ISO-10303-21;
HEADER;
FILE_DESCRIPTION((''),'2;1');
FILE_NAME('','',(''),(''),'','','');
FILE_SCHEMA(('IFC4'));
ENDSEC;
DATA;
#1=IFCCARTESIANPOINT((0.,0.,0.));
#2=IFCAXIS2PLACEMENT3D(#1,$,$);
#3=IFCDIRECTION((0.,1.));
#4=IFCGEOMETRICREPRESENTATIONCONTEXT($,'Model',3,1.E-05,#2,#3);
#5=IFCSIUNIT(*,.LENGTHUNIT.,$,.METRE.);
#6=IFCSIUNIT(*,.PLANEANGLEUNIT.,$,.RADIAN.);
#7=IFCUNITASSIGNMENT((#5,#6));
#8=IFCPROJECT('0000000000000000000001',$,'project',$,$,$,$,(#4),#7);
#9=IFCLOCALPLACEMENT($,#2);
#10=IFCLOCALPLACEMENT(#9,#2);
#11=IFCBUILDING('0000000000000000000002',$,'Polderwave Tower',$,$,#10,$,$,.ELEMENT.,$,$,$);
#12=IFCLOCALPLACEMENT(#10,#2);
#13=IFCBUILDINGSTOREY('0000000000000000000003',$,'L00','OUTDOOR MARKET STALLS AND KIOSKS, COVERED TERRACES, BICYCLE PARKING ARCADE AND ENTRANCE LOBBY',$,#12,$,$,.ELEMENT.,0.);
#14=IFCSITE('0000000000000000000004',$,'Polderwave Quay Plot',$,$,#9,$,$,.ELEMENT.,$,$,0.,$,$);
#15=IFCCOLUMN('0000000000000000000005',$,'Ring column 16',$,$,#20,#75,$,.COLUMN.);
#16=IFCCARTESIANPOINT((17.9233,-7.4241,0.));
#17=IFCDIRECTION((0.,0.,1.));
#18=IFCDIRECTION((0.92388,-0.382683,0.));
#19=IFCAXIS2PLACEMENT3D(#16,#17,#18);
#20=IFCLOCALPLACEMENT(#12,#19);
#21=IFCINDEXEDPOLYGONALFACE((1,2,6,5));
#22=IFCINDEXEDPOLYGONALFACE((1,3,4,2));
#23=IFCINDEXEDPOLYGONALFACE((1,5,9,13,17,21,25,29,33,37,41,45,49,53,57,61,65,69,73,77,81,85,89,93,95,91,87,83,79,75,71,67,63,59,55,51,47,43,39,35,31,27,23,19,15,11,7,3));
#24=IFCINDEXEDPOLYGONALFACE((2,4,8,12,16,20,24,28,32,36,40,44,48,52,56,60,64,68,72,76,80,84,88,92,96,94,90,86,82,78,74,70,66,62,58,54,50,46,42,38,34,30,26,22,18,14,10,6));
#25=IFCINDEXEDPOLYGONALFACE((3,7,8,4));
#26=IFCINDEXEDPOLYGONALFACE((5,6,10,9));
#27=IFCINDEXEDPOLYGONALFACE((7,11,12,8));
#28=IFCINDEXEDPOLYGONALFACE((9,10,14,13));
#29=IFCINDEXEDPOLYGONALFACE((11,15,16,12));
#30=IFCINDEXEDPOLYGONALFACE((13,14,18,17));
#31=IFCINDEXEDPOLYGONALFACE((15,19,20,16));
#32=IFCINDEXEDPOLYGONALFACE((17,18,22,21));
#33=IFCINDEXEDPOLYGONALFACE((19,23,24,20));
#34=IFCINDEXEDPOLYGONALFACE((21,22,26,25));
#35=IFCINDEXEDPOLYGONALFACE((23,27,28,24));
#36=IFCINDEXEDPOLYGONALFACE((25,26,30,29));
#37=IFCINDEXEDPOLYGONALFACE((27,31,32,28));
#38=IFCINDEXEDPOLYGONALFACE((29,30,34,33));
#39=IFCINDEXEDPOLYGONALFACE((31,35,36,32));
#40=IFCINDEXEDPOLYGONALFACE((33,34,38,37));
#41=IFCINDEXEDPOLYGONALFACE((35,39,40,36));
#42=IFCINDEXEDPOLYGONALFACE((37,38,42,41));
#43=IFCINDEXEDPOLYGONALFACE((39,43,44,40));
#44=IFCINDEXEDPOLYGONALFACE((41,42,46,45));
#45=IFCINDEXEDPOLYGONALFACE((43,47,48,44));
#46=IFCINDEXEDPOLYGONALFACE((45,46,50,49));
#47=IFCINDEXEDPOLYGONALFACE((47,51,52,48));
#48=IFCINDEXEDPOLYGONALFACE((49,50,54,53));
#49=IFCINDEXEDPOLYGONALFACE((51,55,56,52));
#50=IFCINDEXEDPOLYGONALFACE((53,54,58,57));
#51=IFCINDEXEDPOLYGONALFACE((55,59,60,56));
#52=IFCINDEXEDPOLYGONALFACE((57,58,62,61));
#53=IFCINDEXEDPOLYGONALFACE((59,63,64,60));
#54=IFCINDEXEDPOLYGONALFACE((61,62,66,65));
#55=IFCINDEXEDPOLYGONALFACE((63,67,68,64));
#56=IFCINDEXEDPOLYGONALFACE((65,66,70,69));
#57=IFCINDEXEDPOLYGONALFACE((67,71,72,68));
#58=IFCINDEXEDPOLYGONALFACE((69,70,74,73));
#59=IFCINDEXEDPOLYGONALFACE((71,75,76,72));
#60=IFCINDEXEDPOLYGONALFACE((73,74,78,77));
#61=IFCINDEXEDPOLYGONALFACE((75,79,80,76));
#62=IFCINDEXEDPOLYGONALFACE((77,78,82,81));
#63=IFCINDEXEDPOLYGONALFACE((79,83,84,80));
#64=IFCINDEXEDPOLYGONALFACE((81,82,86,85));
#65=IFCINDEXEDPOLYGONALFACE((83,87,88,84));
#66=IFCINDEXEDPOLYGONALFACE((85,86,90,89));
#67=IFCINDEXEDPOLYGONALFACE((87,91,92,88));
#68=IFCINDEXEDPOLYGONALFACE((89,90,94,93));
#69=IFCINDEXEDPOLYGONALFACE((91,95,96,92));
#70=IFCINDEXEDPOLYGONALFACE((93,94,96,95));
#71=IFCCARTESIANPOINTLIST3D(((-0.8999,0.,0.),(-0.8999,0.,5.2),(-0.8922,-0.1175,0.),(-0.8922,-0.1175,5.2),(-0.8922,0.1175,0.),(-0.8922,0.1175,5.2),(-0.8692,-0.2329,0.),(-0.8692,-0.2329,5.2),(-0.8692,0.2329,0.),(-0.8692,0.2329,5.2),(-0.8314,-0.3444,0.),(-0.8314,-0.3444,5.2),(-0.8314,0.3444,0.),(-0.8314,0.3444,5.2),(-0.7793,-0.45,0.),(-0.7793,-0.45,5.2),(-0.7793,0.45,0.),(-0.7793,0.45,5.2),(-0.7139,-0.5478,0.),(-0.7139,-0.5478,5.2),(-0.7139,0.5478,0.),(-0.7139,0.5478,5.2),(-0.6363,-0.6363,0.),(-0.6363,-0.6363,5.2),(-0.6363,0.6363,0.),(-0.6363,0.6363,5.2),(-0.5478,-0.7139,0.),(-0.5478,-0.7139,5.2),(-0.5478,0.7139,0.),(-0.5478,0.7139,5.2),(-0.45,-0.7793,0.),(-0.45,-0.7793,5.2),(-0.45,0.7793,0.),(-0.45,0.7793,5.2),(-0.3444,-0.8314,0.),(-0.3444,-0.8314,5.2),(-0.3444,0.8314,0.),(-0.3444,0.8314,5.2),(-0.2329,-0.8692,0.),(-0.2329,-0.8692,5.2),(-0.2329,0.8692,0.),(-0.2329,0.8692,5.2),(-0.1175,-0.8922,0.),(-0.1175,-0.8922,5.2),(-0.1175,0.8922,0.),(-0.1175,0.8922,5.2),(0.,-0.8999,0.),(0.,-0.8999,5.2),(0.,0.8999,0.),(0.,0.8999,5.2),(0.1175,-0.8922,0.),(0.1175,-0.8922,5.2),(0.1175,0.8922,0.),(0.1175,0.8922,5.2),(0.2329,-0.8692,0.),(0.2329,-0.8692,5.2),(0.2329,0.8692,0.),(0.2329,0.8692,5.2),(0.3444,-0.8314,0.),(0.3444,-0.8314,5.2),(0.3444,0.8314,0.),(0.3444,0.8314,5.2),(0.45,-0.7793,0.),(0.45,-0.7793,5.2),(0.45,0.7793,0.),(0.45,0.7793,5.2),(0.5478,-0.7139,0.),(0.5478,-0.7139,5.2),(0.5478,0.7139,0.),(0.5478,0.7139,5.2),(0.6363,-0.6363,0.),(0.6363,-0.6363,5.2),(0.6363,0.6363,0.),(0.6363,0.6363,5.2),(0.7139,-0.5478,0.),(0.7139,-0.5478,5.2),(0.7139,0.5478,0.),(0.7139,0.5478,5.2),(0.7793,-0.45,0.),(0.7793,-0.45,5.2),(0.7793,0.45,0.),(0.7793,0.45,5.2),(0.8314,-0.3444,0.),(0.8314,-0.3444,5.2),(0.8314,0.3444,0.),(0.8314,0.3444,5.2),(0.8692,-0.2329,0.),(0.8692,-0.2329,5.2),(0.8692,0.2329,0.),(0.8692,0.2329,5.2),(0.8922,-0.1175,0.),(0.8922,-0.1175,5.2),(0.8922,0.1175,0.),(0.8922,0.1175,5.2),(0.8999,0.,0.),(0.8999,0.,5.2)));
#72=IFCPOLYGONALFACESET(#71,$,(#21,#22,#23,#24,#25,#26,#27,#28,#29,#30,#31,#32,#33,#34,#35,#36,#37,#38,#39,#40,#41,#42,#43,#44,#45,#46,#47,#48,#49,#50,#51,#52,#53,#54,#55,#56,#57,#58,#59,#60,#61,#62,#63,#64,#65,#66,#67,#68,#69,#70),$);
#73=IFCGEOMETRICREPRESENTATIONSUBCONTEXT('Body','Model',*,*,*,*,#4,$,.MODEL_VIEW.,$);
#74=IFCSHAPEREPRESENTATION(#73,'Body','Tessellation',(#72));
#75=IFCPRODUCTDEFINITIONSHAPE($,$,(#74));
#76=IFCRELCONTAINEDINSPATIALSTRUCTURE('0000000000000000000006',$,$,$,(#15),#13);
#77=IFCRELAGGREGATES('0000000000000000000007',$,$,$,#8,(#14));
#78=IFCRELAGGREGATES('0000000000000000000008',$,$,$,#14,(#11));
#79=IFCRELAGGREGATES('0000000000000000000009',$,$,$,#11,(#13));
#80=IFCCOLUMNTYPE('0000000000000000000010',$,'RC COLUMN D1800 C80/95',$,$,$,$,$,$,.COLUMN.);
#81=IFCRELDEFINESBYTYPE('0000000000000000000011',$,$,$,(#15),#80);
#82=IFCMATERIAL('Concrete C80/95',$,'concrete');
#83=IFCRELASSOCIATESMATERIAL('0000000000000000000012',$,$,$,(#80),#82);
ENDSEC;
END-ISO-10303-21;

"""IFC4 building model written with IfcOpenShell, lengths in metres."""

from ifc_helpers import new_model, si_unit, direction, frame, origin, origin_2d, place, context, subcontext, project, spatial, circle, extrude, material, material_profile, profile_set, type_object, element, save


model = new_model("IFC4")

# Units and contexts
model_context = context("Model", 3, precision=1e-05, world=origin(), true_north=direction((0.0, 1.0)))
body_context = subcontext(model_context, "Body", "Model", "MODEL_VIEW")
ifc_project = project(units=[si_unit("LENGTHUNIT", "METRE"), si_unit("PLANEANGLEUNIT", "RADIAN")], contexts=[model_context])

# Site, building, storey
site_placement = place(None, origin())
site = spatial("IfcSite", under=ifc_project, at=site_placement, Name="Polderwave Quay Plot", CompositionType="ELEMENT", RefElevation=0.0)
building_placement = place(site_placement, origin())
building = spatial("IfcBuilding", under=site, at=building_placement, Name="Polderwave Tower", CompositionType="ELEMENT")
storey_placement = place(building_placement, origin())
storey = spatial("IfcBuildingStorey", under=building, at=storey_placement, Name="L00", Description="OUTDOOR MARKET STALLS AND KIOSKS, COVERED TERRACES, BICYCLE PARKING ARCADE AND ENTRANCE LOBBY", CompositionType="ELEMENT", Elevation=0.0)

# Column
ifc_material_1 = material(Name="Concrete C80/95", Category="concrete")
ifc_material_profile_1 = material_profile(ifc_material_1, circle(Radius=0.8999, at=origin_2d()), Name="RC D1800")
ifc_profile_set_1 = profile_set([ifc_material_profile_1], Name="Concrete C80/95")
column_type = type_object("IfcColumnType", Name="RC COLUMN D1800 C80/95", PredefinedType="COLUMN", material=ifc_profile_set_1)
for number, where, z_axis, x_axis, name in (
    (1, (17.9233, -7.4241, 0.0), (0.0, 0.0, 1.0), (0.92388, -0.382683, 0.0), "Ring column 16"),
):
    element("IfcColumn", number, at=place(storey_placement, frame(where, z_axis=z_axis, x_axis=x_axis)), inside=storey, type_object=column_type, Name=name, PredefinedType="COLUMN", context=body_context, shape_type="SweptSolid", body=[
        extrude(circle(Radius=0.8999, at=origin_2d()), origin(), (0.0, 0.0, 1.0), 5.2),
    ])

save(model, "model.ifc")
